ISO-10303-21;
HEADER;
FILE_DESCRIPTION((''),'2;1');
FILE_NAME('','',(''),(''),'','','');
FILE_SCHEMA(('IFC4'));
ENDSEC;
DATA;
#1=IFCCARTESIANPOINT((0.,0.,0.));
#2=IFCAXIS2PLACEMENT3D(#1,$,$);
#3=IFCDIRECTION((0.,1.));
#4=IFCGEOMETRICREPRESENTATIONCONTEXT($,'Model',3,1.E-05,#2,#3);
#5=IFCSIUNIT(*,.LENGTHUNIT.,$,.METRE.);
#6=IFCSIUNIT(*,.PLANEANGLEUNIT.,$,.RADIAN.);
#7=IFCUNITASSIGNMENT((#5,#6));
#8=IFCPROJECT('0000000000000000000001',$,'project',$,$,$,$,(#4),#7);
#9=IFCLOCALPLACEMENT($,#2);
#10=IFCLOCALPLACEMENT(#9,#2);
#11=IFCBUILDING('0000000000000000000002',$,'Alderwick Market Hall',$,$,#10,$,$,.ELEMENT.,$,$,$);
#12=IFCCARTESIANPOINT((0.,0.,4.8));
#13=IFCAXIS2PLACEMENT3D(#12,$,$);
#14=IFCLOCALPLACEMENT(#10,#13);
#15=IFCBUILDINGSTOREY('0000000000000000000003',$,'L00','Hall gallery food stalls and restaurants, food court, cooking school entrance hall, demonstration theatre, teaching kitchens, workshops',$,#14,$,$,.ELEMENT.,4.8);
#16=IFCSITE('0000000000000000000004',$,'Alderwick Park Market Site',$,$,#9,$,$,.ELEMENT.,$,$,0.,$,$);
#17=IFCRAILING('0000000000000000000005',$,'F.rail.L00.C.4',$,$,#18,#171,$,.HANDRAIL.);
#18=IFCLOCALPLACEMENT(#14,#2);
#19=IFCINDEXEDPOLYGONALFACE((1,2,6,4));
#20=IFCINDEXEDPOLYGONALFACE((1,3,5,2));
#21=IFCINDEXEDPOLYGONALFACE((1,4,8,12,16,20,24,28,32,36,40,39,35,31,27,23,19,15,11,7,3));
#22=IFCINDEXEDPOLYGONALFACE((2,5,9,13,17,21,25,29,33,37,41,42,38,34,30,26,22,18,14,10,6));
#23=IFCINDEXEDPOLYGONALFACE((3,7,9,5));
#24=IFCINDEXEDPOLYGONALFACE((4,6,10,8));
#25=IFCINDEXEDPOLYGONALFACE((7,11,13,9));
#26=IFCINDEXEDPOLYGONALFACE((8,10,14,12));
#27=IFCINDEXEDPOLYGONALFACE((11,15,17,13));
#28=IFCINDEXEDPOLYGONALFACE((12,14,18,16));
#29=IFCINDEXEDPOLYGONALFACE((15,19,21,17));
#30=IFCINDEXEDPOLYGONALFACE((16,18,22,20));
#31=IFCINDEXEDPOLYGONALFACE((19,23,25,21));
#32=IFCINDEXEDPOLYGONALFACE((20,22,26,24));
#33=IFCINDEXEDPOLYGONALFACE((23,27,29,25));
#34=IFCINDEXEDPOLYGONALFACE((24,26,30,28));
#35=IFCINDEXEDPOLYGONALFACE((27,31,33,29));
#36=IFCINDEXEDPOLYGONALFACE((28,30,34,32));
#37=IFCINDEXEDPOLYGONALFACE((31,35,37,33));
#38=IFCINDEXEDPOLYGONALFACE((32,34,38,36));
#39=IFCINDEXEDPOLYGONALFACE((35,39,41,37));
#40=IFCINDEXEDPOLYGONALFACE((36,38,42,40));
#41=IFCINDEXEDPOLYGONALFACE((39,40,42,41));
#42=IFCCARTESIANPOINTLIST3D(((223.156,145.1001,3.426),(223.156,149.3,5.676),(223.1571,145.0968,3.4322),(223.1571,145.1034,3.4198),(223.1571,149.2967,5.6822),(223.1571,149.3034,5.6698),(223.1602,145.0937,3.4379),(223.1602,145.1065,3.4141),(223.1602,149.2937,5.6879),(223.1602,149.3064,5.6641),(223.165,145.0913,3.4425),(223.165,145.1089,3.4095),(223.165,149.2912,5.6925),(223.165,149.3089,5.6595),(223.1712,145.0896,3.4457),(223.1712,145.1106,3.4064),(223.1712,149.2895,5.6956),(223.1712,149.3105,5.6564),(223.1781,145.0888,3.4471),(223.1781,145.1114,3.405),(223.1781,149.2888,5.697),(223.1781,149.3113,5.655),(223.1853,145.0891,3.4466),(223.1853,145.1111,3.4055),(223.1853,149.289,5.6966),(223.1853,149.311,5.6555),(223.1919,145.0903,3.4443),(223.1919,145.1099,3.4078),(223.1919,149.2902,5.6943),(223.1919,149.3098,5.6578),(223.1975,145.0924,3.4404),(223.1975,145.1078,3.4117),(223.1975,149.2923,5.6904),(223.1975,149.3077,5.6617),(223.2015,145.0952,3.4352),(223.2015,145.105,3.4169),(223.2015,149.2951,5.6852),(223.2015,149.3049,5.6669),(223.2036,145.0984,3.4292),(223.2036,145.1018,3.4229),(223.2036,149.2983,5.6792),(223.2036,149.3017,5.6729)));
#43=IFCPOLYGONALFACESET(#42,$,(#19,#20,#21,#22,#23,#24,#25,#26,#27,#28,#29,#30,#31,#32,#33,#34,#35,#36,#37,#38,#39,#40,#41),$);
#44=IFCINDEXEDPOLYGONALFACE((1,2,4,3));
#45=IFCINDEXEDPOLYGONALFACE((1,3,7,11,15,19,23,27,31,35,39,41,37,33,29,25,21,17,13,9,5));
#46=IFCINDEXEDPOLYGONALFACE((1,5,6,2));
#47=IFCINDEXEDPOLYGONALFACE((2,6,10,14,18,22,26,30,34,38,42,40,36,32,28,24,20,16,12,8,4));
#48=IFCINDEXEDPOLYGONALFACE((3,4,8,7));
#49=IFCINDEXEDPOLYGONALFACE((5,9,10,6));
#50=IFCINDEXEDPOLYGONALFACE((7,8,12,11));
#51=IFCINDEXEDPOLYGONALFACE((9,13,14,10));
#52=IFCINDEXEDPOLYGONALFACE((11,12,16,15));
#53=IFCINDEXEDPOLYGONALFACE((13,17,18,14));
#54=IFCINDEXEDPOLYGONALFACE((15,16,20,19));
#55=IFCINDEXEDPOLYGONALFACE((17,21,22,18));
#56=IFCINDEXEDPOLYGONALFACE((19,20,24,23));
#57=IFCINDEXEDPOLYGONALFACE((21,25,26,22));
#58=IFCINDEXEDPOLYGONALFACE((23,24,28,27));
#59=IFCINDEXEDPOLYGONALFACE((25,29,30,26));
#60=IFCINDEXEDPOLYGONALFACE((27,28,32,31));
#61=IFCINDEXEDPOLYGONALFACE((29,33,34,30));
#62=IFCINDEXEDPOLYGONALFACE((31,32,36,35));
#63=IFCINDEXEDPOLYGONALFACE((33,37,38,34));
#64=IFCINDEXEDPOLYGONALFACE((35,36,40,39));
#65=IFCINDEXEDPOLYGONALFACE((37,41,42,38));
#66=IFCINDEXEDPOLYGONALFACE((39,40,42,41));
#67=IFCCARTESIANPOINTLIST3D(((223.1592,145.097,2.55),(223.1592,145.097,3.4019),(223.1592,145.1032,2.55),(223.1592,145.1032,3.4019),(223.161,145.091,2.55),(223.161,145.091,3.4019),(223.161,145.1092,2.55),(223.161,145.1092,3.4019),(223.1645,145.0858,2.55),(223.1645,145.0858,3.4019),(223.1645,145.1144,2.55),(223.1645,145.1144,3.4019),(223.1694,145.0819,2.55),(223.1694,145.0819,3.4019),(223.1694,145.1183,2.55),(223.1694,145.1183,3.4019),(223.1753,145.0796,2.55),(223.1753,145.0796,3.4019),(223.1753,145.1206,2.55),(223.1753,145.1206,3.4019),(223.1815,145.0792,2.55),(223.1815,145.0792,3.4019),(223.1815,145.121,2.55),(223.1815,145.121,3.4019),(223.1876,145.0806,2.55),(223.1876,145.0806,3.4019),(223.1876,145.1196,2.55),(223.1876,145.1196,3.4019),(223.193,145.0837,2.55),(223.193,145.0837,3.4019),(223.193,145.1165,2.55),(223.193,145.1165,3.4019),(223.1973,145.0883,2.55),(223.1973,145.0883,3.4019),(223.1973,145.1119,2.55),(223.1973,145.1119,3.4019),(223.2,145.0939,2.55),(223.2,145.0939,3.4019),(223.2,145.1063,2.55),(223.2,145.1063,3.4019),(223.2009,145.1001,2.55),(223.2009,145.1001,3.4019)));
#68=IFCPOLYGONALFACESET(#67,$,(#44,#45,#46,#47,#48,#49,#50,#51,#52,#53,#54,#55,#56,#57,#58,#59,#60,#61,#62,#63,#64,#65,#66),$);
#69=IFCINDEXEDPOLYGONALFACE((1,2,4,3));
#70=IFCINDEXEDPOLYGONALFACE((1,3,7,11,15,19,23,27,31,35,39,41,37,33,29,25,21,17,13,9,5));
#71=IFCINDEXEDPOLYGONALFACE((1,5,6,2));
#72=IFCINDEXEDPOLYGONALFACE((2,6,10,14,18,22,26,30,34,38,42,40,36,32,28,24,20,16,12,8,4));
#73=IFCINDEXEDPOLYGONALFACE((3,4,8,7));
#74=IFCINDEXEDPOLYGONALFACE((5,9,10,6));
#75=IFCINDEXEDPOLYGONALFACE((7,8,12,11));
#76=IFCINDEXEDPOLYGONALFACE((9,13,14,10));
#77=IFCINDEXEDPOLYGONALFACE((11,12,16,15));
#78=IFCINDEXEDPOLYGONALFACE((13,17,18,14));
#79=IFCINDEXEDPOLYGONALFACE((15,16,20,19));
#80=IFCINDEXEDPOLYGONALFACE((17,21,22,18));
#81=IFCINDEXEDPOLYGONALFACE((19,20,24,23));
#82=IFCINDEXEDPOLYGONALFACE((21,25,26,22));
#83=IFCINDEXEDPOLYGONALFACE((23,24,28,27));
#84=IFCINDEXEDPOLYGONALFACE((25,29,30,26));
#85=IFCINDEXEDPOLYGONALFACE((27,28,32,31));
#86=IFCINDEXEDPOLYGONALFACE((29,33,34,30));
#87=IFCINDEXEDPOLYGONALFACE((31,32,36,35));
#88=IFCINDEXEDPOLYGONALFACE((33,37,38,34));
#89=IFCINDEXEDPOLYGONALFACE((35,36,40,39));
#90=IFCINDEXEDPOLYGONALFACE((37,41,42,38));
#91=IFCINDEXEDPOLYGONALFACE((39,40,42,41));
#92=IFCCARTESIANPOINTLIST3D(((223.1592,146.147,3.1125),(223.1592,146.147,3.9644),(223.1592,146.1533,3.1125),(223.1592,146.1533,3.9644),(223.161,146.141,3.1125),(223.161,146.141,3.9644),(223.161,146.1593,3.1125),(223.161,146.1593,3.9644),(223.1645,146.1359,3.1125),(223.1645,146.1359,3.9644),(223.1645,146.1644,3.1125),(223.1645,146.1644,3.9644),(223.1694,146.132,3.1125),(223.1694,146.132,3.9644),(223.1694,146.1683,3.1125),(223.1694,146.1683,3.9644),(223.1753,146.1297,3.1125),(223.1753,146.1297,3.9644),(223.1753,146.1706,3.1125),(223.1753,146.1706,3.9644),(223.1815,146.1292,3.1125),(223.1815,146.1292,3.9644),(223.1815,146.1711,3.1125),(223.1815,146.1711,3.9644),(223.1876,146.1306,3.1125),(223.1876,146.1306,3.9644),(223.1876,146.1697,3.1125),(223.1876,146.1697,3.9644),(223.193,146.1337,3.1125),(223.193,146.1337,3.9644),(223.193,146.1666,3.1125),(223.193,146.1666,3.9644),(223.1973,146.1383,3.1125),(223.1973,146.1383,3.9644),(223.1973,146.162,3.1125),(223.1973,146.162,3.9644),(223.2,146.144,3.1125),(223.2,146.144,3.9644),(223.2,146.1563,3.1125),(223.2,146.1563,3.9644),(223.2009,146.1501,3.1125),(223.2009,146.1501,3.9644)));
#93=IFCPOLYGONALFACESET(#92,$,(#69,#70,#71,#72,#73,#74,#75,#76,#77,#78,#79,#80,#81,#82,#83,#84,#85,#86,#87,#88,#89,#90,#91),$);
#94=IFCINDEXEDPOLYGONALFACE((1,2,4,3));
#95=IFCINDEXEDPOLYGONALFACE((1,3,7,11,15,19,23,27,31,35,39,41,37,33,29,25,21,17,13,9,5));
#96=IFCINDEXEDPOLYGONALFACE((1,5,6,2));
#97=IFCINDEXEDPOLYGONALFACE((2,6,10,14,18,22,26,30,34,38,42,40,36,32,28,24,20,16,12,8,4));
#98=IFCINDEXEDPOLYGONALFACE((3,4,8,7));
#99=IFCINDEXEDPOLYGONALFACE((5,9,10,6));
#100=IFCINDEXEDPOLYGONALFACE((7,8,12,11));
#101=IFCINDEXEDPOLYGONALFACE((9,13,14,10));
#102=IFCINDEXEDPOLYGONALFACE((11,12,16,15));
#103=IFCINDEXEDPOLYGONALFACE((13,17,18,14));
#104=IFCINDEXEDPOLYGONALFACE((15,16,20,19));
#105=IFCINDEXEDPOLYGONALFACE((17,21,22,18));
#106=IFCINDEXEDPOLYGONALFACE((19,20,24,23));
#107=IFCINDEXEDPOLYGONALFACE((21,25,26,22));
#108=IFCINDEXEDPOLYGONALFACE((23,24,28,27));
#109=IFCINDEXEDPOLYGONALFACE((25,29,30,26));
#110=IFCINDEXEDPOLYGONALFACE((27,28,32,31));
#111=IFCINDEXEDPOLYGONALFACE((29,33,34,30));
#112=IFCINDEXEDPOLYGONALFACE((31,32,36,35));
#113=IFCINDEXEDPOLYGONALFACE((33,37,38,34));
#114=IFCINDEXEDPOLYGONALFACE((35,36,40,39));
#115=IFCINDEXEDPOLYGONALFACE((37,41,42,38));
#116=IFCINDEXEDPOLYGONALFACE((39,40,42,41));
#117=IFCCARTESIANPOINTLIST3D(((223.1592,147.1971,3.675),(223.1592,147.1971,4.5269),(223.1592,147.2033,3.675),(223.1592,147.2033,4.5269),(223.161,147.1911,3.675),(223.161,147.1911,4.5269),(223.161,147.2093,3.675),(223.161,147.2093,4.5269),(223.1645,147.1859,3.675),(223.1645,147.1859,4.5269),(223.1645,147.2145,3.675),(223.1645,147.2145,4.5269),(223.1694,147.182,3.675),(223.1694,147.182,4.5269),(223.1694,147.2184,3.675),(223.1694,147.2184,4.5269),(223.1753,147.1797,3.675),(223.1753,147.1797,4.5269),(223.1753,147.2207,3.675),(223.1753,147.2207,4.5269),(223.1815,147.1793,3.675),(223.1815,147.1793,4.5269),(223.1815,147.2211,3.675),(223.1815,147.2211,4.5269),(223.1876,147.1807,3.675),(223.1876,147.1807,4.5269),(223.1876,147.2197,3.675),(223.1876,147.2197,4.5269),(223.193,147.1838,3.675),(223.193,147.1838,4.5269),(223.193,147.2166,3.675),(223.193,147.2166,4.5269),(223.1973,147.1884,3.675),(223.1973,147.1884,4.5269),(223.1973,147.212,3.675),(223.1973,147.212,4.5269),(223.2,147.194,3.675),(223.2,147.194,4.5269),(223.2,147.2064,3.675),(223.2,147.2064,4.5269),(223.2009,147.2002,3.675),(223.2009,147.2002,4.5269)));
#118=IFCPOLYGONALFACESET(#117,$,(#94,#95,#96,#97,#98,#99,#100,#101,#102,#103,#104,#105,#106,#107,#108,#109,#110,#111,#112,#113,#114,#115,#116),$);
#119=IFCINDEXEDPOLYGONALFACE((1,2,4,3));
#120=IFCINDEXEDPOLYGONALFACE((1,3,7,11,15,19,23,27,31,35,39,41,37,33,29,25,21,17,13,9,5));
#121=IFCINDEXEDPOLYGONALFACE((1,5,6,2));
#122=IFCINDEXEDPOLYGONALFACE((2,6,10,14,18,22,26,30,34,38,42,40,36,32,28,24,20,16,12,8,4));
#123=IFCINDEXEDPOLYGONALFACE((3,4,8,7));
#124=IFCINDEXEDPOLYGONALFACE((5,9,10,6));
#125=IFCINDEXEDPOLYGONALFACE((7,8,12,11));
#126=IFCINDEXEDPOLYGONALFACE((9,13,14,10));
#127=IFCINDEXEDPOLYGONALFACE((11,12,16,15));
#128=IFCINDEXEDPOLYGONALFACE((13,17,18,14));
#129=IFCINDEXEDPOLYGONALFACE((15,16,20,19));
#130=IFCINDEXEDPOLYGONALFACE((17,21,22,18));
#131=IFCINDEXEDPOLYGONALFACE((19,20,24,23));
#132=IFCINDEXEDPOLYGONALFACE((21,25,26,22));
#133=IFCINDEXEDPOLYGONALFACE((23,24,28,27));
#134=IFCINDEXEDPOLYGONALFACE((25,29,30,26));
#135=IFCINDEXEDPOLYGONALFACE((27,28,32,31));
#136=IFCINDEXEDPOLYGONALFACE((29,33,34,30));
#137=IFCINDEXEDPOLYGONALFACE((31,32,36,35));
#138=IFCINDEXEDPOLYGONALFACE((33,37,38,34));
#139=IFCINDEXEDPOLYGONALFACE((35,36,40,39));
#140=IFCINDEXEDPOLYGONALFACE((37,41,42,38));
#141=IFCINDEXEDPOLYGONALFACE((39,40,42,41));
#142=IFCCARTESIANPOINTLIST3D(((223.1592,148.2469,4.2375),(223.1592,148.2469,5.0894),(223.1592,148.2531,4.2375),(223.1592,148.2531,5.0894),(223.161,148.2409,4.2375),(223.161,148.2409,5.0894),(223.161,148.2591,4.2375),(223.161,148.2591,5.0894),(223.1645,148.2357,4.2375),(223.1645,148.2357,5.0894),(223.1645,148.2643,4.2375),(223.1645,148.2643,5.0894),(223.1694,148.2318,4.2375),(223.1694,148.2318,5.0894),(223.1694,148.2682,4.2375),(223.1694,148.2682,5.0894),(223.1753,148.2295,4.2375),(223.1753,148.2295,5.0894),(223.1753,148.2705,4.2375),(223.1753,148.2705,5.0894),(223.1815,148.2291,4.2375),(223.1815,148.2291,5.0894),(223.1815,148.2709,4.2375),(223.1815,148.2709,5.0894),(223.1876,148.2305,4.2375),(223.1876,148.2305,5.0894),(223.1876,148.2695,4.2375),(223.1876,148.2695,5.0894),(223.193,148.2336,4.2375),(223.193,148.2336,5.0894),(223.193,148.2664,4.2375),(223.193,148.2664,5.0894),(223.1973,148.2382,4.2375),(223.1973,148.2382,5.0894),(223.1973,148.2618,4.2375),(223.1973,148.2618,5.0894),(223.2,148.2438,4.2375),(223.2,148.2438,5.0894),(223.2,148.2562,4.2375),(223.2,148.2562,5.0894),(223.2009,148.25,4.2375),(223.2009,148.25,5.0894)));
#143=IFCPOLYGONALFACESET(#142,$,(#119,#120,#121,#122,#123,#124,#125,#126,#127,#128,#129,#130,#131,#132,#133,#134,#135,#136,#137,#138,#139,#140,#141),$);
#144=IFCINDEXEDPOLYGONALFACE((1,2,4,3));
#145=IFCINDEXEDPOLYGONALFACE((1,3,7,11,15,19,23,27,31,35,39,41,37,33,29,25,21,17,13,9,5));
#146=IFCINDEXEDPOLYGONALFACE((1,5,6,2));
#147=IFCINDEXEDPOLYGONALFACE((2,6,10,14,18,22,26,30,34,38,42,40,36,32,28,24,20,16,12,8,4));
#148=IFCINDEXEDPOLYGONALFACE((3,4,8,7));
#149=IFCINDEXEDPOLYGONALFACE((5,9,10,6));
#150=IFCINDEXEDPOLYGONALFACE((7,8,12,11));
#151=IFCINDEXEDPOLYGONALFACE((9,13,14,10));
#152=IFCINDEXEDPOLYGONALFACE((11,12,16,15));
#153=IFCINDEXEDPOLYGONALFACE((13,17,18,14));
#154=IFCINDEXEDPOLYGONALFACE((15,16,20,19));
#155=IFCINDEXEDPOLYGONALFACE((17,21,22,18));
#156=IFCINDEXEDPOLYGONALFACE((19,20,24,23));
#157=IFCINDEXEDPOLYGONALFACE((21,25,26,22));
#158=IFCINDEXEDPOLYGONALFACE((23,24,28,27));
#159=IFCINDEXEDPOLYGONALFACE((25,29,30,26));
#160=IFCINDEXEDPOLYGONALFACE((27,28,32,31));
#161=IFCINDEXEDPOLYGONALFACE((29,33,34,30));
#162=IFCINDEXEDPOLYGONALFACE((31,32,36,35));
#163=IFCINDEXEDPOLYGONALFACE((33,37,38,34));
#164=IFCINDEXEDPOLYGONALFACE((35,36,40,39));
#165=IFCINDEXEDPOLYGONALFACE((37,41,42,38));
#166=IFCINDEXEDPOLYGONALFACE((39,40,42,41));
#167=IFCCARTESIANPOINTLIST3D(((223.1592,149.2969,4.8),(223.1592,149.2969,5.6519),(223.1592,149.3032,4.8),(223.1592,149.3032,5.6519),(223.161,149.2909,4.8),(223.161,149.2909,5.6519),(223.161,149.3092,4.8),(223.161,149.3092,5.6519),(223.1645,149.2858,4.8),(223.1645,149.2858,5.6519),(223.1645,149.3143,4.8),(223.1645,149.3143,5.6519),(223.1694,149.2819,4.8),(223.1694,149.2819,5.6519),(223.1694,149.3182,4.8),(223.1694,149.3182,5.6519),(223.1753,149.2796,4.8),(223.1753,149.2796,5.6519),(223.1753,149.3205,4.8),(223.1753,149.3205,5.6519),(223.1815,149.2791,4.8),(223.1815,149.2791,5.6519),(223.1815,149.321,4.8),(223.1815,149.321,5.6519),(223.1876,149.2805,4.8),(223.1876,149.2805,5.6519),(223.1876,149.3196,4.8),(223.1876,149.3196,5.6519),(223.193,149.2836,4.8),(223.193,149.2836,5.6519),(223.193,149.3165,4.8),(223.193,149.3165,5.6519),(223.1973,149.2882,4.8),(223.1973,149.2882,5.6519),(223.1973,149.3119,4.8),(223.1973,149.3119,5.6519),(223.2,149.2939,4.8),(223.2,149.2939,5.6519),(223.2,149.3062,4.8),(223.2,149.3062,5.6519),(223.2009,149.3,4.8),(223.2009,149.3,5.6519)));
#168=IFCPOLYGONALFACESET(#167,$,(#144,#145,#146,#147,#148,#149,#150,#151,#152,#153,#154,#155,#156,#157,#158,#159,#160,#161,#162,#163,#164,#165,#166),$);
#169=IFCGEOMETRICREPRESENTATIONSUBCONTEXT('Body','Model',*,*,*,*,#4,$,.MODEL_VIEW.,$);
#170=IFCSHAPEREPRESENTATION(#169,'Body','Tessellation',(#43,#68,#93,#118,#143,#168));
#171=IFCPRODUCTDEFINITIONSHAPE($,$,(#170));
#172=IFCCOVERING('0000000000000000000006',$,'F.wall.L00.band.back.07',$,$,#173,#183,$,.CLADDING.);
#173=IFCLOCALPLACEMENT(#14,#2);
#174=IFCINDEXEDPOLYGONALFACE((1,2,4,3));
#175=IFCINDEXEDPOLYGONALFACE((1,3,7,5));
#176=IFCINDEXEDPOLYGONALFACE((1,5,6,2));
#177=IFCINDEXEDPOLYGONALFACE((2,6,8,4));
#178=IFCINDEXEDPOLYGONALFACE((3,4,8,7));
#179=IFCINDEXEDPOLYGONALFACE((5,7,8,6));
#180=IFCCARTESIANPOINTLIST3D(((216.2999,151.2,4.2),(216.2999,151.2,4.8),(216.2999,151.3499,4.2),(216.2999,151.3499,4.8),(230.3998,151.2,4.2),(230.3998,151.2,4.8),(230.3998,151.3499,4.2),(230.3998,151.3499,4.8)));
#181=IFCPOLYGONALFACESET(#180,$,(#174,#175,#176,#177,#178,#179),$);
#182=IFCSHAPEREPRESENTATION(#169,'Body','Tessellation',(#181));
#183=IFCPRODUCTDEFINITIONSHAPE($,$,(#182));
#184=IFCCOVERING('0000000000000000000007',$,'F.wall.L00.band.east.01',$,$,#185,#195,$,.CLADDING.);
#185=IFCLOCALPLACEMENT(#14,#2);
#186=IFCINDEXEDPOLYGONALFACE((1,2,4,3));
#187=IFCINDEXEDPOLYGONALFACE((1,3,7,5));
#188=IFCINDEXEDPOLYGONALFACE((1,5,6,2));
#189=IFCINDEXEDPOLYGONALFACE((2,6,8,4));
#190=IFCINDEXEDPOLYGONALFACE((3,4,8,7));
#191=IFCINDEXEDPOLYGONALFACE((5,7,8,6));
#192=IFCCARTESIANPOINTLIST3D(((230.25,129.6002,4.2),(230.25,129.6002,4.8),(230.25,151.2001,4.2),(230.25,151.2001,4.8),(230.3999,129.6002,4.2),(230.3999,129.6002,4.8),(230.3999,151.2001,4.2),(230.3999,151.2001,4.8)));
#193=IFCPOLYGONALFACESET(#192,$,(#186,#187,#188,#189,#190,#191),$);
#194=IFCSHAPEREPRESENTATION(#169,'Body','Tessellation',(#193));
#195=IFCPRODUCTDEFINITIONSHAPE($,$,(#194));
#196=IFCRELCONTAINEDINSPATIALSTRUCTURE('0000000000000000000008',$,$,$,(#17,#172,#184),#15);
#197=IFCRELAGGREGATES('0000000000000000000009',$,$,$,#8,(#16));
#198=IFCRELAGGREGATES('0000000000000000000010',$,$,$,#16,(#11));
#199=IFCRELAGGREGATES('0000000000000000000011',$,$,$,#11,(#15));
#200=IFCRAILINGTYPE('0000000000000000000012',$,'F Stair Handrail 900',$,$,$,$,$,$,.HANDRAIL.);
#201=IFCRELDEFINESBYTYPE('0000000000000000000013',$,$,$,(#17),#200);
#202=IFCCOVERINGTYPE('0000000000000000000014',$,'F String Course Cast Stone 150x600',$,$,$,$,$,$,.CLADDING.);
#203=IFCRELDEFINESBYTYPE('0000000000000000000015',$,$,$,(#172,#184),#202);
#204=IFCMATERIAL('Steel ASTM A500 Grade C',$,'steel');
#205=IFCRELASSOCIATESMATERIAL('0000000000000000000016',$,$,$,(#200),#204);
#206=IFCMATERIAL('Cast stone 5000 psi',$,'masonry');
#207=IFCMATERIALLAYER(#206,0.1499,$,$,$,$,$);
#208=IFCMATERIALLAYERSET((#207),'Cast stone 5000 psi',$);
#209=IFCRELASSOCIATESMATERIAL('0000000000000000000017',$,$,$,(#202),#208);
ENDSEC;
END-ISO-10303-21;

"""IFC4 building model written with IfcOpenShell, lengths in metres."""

from ifc_helpers import new_model, si_unit, direction, frame, frame_2d, origin, origin_2d, place, context, subcontext, project, spatial, rectangle, circle, extrude, material, layer, layer_set, type_object, element, save


model = new_model("IFC4")

# Units and contexts
model_context = context("Model", 3, precision=1e-05, world=origin(), true_north=direction((0.0, 1.0)))
body_context = subcontext(model_context, "Body", "Model", "MODEL_VIEW")
ifc_project = project(units=[si_unit("LENGTHUNIT", "METRE"), si_unit("PLANEANGLEUNIT", "RADIAN")], contexts=[model_context])

# Site, building, storey
site_placement = place(None, origin())
site = spatial("IfcSite", under=ifc_project, at=site_placement, Name="Alderwick Park Market Site", CompositionType="ELEMENT", RefElevation=0.0)
building_placement = place(site_placement, origin())
building = spatial("IfcBuilding", under=site, at=building_placement, Name="Alderwick Market Hall", CompositionType="ELEMENT")
storey_placement = place(building_placement, frame((0.0, 0.0, 4.8)))
storey = spatial("IfcBuildingStorey", under=building, at=storey_placement, Name="L00", Description="Hall gallery food stalls and restaurants, food court, cooking school entrance hall, demonstration theatre, teaching kitchens, workshops", CompositionType="ELEMENT", Elevation=4.8)

# Railing
ifc_material_1 = material(Name="Steel ASTM A500 Grade C", Category="steel")
railing_type_1 = type_object("IfcRailingType", Name="F Stair Handrail 900", PredefinedType="HANDRAIL", material=ifc_material_1)
for number, where, name in (
    (1, (223.1799, 145.1001, 2.55), "F.rail.L00.C.4"),
):
    element("IfcRailing", number, at=place(storey_placement, frame(where)), inside=storey, type_object=railing_type_1, Name=name, PredefinedType="HANDRAIL", context=body_context, shape_type="SweptSolid", body=[
        extrude(circle(Radius=0.0239, at=origin_2d()), frame((0.0, 0.0, 0.876), z_axis=(0.0, 0.881478, 0.472226), x_axis=(-1.0, 0.0, 0.0)), (0.0, 0.0, 1.0), 4.7646),
        extrude(circle(Radius=0.021, at=origin_2d()), origin(), (0.0, 0.0, 1.0), 0.8518),
        extrude(circle(Radius=0.021, at=origin_2d()), frame((0.0, 1.05, 0.5625)), (0.0, 0.0, 1.0), 0.8518),
        extrude(circle(Radius=0.021, at=origin_2d()), frame((0.0, 2.1001, 1.125)), (0.0, 0.0, 1.0), 0.8518),
        extrude(circle(Radius=0.021, at=origin_2d()), frame((0.0, 3.1499, 1.6875)), (0.0, 0.0, 1.0), 0.8518),
        extrude(circle(Radius=0.021, at=origin_2d()), frame((0.0, 4.2, 2.25)), (0.0, 0.0, 1.0), 0.8518),
    ])

# Coverings
ifc_material_2 = material(Name="Cast stone 5000 psi", Category="masonry")
ifc_layer_1 = layer(ifc_material_2, 0.1499)
ifc_layer_set_1 = layer_set([ifc_layer_1], Name="Cast stone 5000 psi")
covering_type = type_object("IfcCoveringType", Name="F String Course Cast Stone 150x600", PredefinedType="CLADDING", material=ifc_layer_set_1)
covering_1_placement = place(storey_placement, frame((216.3, 151.2749, 4.2), z_axis=(0.0, 0.0, 1.0), x_axis=(1.0, 0.0, 0.0)))
element("IfcCovering", 2, at=covering_1_placement, inside=storey, type_object=covering_type, Name="F.wall.L00.band.back.07", PredefinedType="CLADDING", context=body_context, shape_type="SweptSolid", body=[
    extrude(rectangle(XDim=14.0999, YDim=0.1499, at=frame_2d((7.0498, 0.0))), origin(), (0.0, 0.0, 1.0), 0.6001),
])
covering_2_placement = place(storey_placement, frame((230.325, 151.2, 4.2), z_axis=(0.0, 0.0, 1.0), x_axis=(0.0, -1.0, 0.0)))
element("IfcCovering", 3, at=covering_2_placement, inside=storey, type_object=covering_type, Name="F.wall.L00.band.east.01", PredefinedType="CLADDING", context=body_context, shape_type="SweptSolid", body=[
    extrude(rectangle(XDim=21.5999, YDim=0.1499, at=frame_2d((10.7998, 0.0))), origin(), (0.0, 0.0, 1.0), 0.6001),
])

save(model, "model.ifc")
